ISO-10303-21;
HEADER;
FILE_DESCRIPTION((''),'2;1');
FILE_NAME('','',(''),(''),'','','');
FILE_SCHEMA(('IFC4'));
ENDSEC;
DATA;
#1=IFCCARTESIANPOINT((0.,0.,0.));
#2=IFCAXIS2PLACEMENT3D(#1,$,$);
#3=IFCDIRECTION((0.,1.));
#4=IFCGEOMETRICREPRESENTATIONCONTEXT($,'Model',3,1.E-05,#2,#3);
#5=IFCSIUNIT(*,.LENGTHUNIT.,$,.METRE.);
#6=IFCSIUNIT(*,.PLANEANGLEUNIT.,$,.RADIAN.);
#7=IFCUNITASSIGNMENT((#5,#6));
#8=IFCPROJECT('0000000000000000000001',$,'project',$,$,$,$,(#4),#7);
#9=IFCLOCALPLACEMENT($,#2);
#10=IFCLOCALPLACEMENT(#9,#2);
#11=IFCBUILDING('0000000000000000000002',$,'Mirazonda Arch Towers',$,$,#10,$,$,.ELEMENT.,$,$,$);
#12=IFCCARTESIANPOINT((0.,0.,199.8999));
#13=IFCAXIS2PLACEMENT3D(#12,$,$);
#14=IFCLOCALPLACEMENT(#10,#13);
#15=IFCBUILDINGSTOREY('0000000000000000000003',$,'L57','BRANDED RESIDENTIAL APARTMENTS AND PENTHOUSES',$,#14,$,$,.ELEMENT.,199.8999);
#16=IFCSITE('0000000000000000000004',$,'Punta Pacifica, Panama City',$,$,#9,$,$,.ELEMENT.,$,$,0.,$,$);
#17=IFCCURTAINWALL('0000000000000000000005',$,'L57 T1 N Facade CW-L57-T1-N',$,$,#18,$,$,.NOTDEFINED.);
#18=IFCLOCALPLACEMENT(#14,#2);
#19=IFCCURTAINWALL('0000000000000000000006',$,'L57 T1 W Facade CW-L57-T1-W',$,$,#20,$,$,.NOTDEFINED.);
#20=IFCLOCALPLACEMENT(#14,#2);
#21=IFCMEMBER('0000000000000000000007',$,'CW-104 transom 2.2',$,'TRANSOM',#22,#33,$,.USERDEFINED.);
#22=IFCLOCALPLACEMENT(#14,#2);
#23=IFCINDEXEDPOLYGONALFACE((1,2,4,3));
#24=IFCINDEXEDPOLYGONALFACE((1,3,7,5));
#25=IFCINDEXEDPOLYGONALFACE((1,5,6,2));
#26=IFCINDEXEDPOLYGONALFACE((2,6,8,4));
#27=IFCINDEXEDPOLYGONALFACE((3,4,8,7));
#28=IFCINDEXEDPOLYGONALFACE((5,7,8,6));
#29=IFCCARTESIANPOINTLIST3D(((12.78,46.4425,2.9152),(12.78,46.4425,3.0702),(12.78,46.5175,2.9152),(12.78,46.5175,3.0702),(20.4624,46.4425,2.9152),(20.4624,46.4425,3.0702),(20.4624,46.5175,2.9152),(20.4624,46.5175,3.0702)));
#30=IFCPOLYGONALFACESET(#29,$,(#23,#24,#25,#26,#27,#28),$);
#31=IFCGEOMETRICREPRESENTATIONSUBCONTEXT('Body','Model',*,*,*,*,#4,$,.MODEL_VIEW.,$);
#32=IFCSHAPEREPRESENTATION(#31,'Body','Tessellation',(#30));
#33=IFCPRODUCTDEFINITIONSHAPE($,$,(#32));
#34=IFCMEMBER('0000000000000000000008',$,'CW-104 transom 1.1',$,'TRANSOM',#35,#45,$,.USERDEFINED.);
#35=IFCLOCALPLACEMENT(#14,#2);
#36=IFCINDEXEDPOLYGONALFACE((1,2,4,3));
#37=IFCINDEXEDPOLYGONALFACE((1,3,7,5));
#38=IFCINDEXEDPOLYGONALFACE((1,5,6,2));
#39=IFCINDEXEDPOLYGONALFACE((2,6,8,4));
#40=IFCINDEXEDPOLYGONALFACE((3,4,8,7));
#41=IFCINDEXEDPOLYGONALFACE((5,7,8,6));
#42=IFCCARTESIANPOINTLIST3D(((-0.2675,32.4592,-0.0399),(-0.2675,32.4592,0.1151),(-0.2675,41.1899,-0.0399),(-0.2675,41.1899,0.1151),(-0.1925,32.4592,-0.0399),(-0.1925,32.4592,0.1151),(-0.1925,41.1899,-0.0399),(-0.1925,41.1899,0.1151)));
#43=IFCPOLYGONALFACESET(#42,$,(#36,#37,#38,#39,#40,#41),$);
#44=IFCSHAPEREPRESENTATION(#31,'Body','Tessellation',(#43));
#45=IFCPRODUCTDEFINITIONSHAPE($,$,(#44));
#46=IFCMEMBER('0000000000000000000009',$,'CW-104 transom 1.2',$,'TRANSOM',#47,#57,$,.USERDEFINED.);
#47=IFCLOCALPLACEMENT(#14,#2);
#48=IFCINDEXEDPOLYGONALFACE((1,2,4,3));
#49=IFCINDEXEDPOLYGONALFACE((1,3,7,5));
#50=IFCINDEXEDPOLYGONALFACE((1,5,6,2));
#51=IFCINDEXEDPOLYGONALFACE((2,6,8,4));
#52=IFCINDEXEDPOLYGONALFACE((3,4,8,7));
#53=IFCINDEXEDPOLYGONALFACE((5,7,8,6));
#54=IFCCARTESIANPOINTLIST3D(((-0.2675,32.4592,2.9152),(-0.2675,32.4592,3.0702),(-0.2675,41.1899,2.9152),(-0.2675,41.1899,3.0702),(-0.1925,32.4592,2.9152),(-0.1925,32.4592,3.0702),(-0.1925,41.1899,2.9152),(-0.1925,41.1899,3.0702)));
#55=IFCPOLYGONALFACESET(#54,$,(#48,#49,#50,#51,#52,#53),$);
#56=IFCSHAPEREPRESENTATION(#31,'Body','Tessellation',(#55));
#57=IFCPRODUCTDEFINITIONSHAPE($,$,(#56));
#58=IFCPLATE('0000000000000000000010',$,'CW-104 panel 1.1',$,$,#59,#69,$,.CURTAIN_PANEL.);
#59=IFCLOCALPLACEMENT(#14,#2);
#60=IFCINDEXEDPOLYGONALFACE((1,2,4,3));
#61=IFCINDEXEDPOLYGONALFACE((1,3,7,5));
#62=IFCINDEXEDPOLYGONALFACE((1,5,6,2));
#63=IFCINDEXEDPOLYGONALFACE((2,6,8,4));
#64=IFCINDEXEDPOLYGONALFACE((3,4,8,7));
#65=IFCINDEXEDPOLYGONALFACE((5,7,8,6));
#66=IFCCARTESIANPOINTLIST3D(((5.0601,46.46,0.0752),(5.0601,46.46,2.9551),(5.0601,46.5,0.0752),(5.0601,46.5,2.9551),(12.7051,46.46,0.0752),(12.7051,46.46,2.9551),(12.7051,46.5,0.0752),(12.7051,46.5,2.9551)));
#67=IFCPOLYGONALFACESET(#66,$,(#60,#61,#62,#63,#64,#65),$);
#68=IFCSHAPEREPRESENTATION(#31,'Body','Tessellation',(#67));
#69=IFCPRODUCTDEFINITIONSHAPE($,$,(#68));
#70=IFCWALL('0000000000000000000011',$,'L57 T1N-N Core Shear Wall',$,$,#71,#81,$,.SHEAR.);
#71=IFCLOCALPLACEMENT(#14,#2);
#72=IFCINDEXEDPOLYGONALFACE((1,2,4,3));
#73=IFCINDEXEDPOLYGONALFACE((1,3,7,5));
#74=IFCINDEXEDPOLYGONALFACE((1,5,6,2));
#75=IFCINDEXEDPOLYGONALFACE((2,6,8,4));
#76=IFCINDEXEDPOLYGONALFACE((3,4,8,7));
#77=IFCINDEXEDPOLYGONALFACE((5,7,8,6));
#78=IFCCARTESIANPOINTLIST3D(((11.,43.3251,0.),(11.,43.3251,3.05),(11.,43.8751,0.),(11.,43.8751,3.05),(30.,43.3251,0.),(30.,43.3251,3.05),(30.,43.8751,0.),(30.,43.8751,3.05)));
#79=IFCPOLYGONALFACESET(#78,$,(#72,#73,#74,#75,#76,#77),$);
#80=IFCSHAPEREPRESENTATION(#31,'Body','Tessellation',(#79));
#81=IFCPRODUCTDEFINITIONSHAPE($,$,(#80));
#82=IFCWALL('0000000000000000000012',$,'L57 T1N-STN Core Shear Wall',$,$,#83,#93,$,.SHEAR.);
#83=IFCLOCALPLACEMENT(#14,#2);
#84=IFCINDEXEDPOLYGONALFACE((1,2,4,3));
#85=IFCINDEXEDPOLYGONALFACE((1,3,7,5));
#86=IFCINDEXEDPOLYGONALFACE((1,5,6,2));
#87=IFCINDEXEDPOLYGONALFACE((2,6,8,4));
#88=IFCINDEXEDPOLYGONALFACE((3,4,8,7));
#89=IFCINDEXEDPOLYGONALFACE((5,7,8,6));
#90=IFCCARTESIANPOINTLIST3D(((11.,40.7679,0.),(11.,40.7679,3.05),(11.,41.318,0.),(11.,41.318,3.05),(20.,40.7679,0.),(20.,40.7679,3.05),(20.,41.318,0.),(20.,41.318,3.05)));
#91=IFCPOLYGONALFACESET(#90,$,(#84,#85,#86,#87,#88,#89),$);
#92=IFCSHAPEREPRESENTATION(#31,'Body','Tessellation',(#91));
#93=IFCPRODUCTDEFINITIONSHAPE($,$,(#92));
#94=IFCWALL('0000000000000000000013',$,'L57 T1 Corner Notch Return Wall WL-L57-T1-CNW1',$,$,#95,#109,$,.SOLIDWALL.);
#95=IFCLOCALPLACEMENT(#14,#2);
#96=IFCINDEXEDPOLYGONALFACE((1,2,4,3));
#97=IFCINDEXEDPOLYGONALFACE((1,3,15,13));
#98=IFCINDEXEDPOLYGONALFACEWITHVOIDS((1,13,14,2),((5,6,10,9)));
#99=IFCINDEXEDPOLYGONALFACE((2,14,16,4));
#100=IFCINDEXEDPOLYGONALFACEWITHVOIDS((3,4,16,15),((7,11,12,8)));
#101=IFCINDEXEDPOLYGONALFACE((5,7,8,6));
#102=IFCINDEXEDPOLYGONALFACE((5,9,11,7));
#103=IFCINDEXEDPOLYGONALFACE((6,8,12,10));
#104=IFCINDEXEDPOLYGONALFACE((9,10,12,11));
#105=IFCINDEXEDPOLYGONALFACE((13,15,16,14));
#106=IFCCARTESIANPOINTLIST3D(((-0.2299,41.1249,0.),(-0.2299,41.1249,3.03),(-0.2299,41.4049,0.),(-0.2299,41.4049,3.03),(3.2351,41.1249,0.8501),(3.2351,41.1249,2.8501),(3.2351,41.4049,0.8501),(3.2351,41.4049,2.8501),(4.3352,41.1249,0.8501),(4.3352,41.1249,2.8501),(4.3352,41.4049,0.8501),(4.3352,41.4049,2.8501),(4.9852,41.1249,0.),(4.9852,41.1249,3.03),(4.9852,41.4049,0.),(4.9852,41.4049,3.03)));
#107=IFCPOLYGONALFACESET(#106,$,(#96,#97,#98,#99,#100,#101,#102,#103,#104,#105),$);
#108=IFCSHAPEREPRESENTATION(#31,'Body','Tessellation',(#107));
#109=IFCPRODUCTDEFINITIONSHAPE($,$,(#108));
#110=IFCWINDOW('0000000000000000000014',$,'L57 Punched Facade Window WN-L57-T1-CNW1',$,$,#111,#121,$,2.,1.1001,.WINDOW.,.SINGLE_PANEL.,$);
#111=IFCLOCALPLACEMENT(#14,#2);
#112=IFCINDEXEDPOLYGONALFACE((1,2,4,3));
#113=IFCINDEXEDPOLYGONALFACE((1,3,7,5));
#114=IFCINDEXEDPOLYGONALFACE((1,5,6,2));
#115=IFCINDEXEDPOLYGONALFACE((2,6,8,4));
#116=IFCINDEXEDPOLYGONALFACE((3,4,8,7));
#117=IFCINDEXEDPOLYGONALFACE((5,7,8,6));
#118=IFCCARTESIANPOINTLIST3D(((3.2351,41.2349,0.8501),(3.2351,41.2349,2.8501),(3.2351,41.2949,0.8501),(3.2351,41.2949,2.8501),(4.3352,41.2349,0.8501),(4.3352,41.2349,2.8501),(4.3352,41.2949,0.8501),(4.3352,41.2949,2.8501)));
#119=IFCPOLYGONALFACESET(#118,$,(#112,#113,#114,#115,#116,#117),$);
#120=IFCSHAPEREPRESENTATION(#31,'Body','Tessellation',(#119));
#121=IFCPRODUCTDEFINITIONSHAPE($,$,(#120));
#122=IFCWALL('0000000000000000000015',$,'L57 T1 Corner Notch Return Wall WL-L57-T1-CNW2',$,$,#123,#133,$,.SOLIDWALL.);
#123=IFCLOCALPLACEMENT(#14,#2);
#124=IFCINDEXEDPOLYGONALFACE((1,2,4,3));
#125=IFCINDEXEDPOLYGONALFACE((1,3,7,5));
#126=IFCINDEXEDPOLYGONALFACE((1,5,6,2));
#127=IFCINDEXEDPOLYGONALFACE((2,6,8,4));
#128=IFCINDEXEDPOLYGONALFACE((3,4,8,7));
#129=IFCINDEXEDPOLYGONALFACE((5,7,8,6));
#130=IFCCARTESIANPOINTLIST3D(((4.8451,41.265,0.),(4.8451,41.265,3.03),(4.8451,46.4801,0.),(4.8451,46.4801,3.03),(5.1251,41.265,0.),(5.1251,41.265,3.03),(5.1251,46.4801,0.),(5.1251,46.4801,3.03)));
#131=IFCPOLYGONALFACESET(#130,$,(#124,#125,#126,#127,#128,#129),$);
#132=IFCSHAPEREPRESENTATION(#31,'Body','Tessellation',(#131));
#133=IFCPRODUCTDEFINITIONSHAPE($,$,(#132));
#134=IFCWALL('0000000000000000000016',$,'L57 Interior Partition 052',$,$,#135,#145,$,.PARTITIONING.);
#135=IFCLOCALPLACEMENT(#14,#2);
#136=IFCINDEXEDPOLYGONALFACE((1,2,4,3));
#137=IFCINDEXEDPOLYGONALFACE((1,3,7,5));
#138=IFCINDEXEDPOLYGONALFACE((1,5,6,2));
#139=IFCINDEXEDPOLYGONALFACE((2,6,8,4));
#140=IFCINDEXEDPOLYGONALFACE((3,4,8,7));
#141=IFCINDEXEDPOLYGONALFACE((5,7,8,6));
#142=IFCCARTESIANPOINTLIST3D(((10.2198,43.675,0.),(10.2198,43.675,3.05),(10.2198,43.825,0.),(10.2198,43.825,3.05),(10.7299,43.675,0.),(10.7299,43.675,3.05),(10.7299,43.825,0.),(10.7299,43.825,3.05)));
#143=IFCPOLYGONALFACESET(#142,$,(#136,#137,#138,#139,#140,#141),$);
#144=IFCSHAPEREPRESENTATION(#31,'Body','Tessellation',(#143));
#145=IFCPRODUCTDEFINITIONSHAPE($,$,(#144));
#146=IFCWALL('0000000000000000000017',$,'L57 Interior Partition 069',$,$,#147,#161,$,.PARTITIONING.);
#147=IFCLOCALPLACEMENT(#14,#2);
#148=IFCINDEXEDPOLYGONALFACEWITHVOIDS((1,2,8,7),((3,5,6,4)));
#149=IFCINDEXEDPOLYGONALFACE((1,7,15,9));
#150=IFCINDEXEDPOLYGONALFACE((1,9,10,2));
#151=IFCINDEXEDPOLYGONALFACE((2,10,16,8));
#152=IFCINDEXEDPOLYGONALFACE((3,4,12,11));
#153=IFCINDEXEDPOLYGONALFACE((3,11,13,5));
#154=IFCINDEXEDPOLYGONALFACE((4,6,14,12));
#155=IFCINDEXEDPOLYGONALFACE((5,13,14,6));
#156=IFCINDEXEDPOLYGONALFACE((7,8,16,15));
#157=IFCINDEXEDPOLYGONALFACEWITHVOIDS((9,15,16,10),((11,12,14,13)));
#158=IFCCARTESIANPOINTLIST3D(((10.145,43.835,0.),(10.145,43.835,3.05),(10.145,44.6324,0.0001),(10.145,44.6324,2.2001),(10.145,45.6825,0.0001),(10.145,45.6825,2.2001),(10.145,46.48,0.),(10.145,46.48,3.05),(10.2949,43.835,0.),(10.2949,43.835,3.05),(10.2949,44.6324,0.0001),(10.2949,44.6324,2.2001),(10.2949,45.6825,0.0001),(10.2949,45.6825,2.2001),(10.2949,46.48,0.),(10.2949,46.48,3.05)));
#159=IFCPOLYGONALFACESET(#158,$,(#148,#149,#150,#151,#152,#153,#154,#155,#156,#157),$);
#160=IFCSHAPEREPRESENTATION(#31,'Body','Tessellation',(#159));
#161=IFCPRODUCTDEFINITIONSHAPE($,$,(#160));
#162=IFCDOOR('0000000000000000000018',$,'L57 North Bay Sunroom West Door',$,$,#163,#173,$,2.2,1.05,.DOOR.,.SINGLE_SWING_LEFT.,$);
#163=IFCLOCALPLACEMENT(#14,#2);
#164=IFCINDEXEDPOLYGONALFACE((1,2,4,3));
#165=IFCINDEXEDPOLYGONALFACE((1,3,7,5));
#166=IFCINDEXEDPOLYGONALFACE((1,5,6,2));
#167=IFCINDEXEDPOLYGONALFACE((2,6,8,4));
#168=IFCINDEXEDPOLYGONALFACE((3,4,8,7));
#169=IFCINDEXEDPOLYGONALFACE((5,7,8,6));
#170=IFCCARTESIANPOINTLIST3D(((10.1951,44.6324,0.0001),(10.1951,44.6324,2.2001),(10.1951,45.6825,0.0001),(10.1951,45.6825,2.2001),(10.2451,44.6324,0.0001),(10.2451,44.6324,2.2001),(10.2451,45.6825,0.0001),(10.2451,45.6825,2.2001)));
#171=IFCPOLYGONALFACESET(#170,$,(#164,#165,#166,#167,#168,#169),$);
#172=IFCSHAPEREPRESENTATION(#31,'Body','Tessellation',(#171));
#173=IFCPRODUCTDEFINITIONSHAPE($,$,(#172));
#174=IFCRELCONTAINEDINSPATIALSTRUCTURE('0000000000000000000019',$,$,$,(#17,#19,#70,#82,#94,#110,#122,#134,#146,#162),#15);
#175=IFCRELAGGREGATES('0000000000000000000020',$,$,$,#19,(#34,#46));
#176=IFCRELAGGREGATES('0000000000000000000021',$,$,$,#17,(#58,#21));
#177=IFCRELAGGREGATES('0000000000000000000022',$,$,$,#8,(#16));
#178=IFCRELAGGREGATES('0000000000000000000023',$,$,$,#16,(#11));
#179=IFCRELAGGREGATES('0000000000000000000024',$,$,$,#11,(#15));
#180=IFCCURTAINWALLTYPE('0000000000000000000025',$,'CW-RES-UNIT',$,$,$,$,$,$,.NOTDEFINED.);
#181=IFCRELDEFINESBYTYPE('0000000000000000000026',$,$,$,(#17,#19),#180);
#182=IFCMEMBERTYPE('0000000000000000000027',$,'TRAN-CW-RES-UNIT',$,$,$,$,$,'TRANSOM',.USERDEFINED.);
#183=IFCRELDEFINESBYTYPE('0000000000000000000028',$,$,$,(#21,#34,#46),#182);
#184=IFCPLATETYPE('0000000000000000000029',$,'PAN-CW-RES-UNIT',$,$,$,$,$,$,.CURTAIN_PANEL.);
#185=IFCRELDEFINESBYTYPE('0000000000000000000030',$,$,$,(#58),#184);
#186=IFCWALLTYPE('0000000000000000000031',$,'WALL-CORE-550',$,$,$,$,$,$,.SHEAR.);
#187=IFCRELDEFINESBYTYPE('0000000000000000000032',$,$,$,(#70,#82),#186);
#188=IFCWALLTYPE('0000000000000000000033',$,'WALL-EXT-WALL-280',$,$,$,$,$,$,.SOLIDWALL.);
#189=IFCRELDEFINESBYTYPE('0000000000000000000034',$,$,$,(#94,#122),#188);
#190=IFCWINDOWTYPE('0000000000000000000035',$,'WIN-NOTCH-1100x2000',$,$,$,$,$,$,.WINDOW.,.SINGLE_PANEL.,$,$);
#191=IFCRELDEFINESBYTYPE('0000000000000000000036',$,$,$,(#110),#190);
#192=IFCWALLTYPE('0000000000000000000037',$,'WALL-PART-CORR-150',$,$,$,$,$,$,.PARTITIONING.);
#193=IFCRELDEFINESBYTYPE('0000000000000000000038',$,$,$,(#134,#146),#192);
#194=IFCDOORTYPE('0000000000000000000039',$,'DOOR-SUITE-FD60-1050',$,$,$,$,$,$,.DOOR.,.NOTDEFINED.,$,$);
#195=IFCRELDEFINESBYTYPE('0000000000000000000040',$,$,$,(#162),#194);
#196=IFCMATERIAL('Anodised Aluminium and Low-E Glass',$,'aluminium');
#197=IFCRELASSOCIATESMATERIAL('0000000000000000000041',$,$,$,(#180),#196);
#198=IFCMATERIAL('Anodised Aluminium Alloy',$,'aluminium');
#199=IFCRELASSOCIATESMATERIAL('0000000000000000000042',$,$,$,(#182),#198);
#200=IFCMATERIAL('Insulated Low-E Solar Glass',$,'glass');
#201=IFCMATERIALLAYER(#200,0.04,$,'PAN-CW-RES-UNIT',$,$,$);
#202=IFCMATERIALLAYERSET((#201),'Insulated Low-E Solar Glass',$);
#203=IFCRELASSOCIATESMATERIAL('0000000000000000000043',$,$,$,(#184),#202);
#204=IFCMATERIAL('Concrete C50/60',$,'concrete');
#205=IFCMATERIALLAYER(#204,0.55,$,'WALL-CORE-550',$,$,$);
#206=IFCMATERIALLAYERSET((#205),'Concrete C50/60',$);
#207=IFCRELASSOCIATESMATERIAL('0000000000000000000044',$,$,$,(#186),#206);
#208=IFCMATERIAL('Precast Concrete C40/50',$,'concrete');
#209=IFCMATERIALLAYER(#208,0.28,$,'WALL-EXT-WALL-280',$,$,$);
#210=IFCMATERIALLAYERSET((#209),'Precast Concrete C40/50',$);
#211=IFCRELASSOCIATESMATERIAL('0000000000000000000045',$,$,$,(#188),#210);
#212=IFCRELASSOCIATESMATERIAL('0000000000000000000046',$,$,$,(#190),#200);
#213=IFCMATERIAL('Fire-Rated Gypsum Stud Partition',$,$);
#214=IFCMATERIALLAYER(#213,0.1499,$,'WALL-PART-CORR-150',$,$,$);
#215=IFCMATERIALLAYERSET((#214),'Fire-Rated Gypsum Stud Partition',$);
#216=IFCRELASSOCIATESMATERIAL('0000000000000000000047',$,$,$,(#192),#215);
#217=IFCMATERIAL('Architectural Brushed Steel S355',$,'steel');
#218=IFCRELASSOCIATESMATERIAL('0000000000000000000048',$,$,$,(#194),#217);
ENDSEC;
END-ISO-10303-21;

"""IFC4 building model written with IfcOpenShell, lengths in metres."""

from ifc_helpers import new_model, si_unit, direction, frame, frame_2d, origin, origin_2d, place, context, subcontext, project, spatial, rectangle, extrude, material, layer, layer_set, material_profile, profile_set, type_object, element, fill, aggregate, save


model = new_model("IFC4")

# Units and contexts
model_context = context("Model", 3, precision=1e-05, world=origin(), true_north=direction((0.0, 1.0)))
body_context = subcontext(model_context, "Body", "Model", "MODEL_VIEW")
ifc_project = project(units=[si_unit("LENGTHUNIT", "METRE"), si_unit("PLANEANGLEUNIT", "RADIAN")], contexts=[model_context])

# Site, building, storey
site_placement = place(None, origin())
site = spatial("IfcSite", under=ifc_project, at=site_placement, Name="Punta Pacifica, Panama City", CompositionType="ELEMENT", RefElevation=0.0)
building_placement = place(site_placement, origin())
building = spatial("IfcBuilding", under=site, at=building_placement, Name="Mirazonda Arch Towers", CompositionType="ELEMENT")
storey_placement = place(building_placement, frame((0.0, 0.0, 199.8999)))
storey = spatial("IfcBuildingStorey", under=building, at=storey_placement, Name="L57", Description="BRANDED RESIDENTIAL APARTMENTS AND PENTHOUSES", CompositionType="ELEMENT", Elevation=199.8999)

# Shared definitions
ifc_material_1 = material(Name="Concrete C50/60", Category="concrete")

# Curtain wall
ifc_material_2 = material(Name="Anodised Aluminium and Low-E Glass", Category="aluminium")
curtain_wall_type = type_object("IfcCurtainWallType", Name="CW-RES-UNIT", PredefinedType="NOTDEFINED", material=ifc_material_2)
curtain_wall_1_placement = place(storey_placement, origin())
curtain_wall_1 = element("IfcCurtainWall", 1, at=curtain_wall_1_placement, inside=storey, type_object=curtain_wall_type, Name="L57 T1 N Facade CW-L57-T1-N", PredefinedType="NOTDEFINED")
ifc_material_3 = material(Name="Anodised Aluminium Alloy", Category="aluminium")

# Curtain wall
curtain_wall_2_placement = place(storey_placement, origin())
curtain_wall_2 = element("IfcCurtainWall", 2, at=curtain_wall_2_placement, inside=storey, type_object=curtain_wall_type, Name="L57 T1 W Facade CW-L57-T1-W", PredefinedType="NOTDEFINED")

# Members
ifc_material_profile_1 = material_profile(ifc_material_3, rectangle(XDim=0.075, YDim=0.155, at=origin_2d()), Name="ALU-TRAN-75x155")
ifc_profile_set_1 = profile_set([ifc_material_profile_1], Name="Anodised Aluminium Alloy")
member_type_1 = type_object("IfcMemberType", Name="TRAN-CW-RES-UNIT", ElementType="TRANSOM", PredefinedType="USERDEFINED", material=ifc_profile_set_1)
member_1_placement = place(storey_placement, frame((12.78, 46.48, 2.9927), z_axis=(1.0, 0.0, 0.0), x_axis=(0.0, 1.0, 0.0)))
member_1 = element("IfcMember", 3, at=member_1_placement, type_object=member_type_1, Name="CW-104 transom 2.2", ObjectType="TRANSOM", PredefinedType="USERDEFINED", context=body_context, shape_type="SweptSolid", body=[
    extrude(rectangle(XDim=0.075, YDim=0.155, at=origin_2d()), origin(), (0.0, 0.0, 1.0), 7.6824),
])
member_2_placement = place(storey_placement, frame((-0.23, 41.1899, 0.0376), z_axis=(0.0, -1.0, 0.0), x_axis=(1.0, 0.0, 0.0)))
member_2 = element("IfcMember", 4, at=member_2_placement, type_object=member_type_1, Name="CW-104 transom 1.1", ObjectType="TRANSOM", PredefinedType="USERDEFINED", context=body_context, shape_type="SweptSolid", body=[
    extrude(rectangle(XDim=0.075, YDim=0.155, at=origin_2d()), origin(), (0.0, 0.0, 1.0), 8.7307),
])
member_3_placement = place(storey_placement, frame((-0.23, 41.1899, 2.9927), z_axis=(0.0, -1.0, 0.0), x_axis=(1.0, 0.0, 0.0)))
member_3 = element("IfcMember", 5, at=member_3_placement, type_object=member_type_1, Name="CW-104 transom 1.2", ObjectType="TRANSOM", PredefinedType="USERDEFINED", context=body_context, shape_type="SweptSolid", body=[
    extrude(rectangle(XDim=0.075, YDim=0.155, at=origin_2d()), origin(), (0.0, 0.0, 1.0), 8.7307),
])
aggregate(curtain_wall_2, [member_2, member_3])

# Plate
ifc_material_4 = material(Name="Insulated Low-E Solar Glass", Category="glass")
ifc_layer_1 = layer(ifc_material_4, 0.04, Name="PAN-CW-RES-UNIT")
ifc_layer_set_1 = layer_set([ifc_layer_1], Name="Insulated Low-E Solar Glass")
plate_type = type_object("IfcPlateType", Name="PAN-CW-RES-UNIT", PredefinedType="CURTAIN_PANEL", material=ifc_layer_set_1)
plate_placement = place(storey_placement, frame((8.8826, 46.48, 0.0752), z_axis=(0.0, 0.0, 1.0), x_axis=(1.0, 0.0, 0.0)))
plate = element("IfcPlate", 6, at=plate_placement, type_object=plate_type, Name="CW-104 panel 1.1", PredefinedType="CURTAIN_PANEL", context=body_context, shape_type="SweptSolid", body=[
    extrude(rectangle(XDim=7.645, YDim=0.04, at=origin_2d()), origin(), (0.0, 0.0, 1.0), 2.8799),
])
aggregate(curtain_wall_1, [plate, member_1])

# Walls
ifc_layer_2 = layer(ifc_material_1, 0.55, Name="WALL-CORE-550")
ifc_layer_set_2 = layer_set([ifc_layer_2], Name="Concrete C50/60")
wall_type_1 = type_object("IfcWallType", Name="WALL-CORE-550", PredefinedType="SHEAR", material=ifc_layer_set_2)
wall_1_placement = place(storey_placement, frame((11.0, 43.6001, 0.0), z_axis=(0.0, 0.0, 1.0), x_axis=(1.0, 0.0, 0.0)))
element("IfcWall", 7, at=wall_1_placement, inside=storey, type_object=wall_type_1, Name="L57 T1N-N Core Shear Wall", PredefinedType="SHEAR", context=body_context, shape_type="SweptSolid", body=[
    extrude(rectangle(XDim=19.0, YDim=0.55, at=frame_2d((9.5, 0.0))), origin(), (0.0, 0.0, 1.0), 3.05),
])
wall_2_placement = place(storey_placement, frame((11.0, 41.043, 0.0), z_axis=(0.0, 0.0, 1.0), x_axis=(1.0, 0.0, 0.0)))
element("IfcWall", 8, at=wall_2_placement, inside=storey, type_object=wall_type_1, Name="L57 T1N-STN Core Shear Wall", PredefinedType="SHEAR", context=body_context, shape_type="SweptSolid", body=[
    extrude(rectangle(XDim=9.0, YDim=0.55, at=frame_2d((4.5, 0.0))), origin(), (0.0, 0.0, 1.0), 3.05),
])

# Wall, opening, window
ifc_material_5 = material(Name="Precast Concrete C40/50", Category="concrete")
ifc_layer_3 = layer(ifc_material_5, 0.28, Name="WALL-EXT-WALL-280")
ifc_layer_set_3 = layer_set([ifc_layer_3], Name="Precast Concrete C40/50")
wall_type_2 = type_object("IfcWallType", Name="WALL-EXT-WALL-280", PredefinedType="SOLIDWALL", material=ifc_layer_set_3)
wall_3_placement = place(storey_placement, frame((4.9851, 41.2649, 0.0), z_axis=(0.0, 0.0, 1.0), x_axis=(-1.0, 0.0, 0.0)))
wall_3 = element("IfcWall", 9, at=wall_3_placement, inside=storey, type_object=wall_type_2, Name="L57 T1 Corner Notch Return Wall WL-L57-T1-CNW1", PredefinedType="SOLIDWALL", context=body_context, shape_type="SweptSolid", body=[
    extrude(rectangle(XDim=5.2151, YDim=0.28, at=frame_2d((2.6074, 0.0))), origin(), (0.0, 0.0, 1.0), 3.03),
])
opening_1_placement = place(wall_3_placement, frame((0.6499, 0.0, 0.8501)))
opening_1 = element("IfcOpeningElement", 10, at=opening_1_placement, cuts=wall_3, PredefinedType="OPENING", context=body_context, shape_type="SweptSolid", body=[
    extrude(rectangle(XDim=1.1001, YDim=2.0, at=frame_2d((0.55, 1.0))), frame((0.0, 0.1499, 0.0), z_axis=(0.0, -1.0, 0.0), x_axis=(1.0, 0.0, 0.0)), (0.0, 0.0, 1.0), 0.3),
])
window_type = type_object("IfcWindowType", Name="WIN-NOTCH-1100x2000", PartitioningType="SINGLE_PANEL", PredefinedType="WINDOW", material=ifc_material_4)
window_placement = place(opening_1_placement, origin())
window = element("IfcWindow", 11, at=window_placement, inside=storey, type_object=window_type, Name="L57 Punched Facade Window WN-L57-T1-CNW1", OverallHeight=2.0, OverallWidth=1.1001, PartitioningType="SINGLE_PANEL", PredefinedType="WINDOW", context=body_context, shape_type="SweptSolid", body=[
    extrude(rectangle(XDim=1.1001, YDim=2.0, at=frame_2d((0.55, 1.0))), frame((0.0, 0.03, 0.0), z_axis=(0.0, -1.0, 0.0), x_axis=(1.0, 0.0, 0.0)), (0.0, 0.0, 1.0), 0.0601),
])
fill(opening_1, window)

# Walls
wall_4_placement = place(storey_placement, frame((4.9851, 46.48, 0.0), z_axis=(0.0, 0.0, 1.0), x_axis=(0.0, -1.0, 0.0)))
element("IfcWall", 12, at=wall_4_placement, inside=storey, type_object=wall_type_2, Name="L57 T1 Corner Notch Return Wall WL-L57-T1-CNW2", PredefinedType="SOLIDWALL", context=body_context, shape_type="SweptSolid", body=[
    extrude(rectangle(XDim=5.2151, YDim=0.28, at=frame_2d((2.6074, 0.0))), origin(), (0.0, 0.0, 1.0), 3.03),
])
ifc_material_6 = material(Name="Fire-Rated Gypsum Stud Partition")
ifc_layer_4 = layer(ifc_material_6, 0.1499, Name="WALL-PART-CORR-150")
ifc_layer_set_4 = layer_set([ifc_layer_4], Name="Fire-Rated Gypsum Stud Partition")
wall_type_3 = type_object("IfcWallType", Name="WALL-PART-CORR-150", PredefinedType="PARTITIONING", material=ifc_layer_set_4)
wall_5_placement = place(storey_placement, frame((10.22, 43.75, 0.0), z_axis=(0.0, 0.0, 1.0), x_axis=(1.0, 0.0, 0.0)))
element("IfcWall", 13, at=wall_5_placement, inside=storey, type_object=wall_type_3, Name="L57 Interior Partition 052", PredefinedType="PARTITIONING", context=body_context, shape_type="SweptSolid", body=[
    extrude(rectangle(XDim=0.51, YDim=0.1499, at=frame_2d((0.2549, 0.0))), origin(), (0.0, 0.0, 1.0), 3.05),
])

# Wall, opening, door
wall_6_placement = place(storey_placement, frame((10.22, 43.835, 0.0), z_axis=(0.0, 0.0, 1.0), x_axis=(0.0, 1.0, 0.0)))
wall_6 = element("IfcWall", 14, at=wall_6_placement, inside=storey, type_object=wall_type_3, Name="L57 Interior Partition 069", PredefinedType="PARTITIONING", context=body_context, shape_type="SweptSolid", body=[
    extrude(rectangle(XDim=2.645, YDim=0.1499, at=frame_2d((1.3225, 0.0))), origin(), (0.0, 0.0, 1.0), 3.05),
])
opening_2_placement = place(wall_6_placement, frame((0.7976, 0.0, 0.0)))
opening_2 = element("IfcOpeningElement", 15, at=opening_2_placement, cuts=wall_6, PredefinedType="OPENING", context=body_context, shape_type="SweptSolid", body=[
    extrude(rectangle(XDim=1.05, YDim=2.2, at=frame_2d((0.5249, 1.1001))), frame((0.0, 0.085, 0.0), z_axis=(0.0, -1.0, 0.0), x_axis=(1.0, 0.0, 0.0)), (0.0, 0.0, 1.0), 0.1699),
])
ifc_material_7 = material(Name="Architectural Brushed Steel S355", Category="steel")
door_type_1 = type_object("IfcDoorType", Name="DOOR-SUITE-FD60-1050", OperationType="NOTDEFINED", PredefinedType="DOOR", material=ifc_material_7)
door_1_placement = place(opening_2_placement, origin())
door_1 = element("IfcDoor", 16, at=door_1_placement, inside=storey, type_object=door_type_1, Name="L57 North Bay Sunroom West Door", OperationType="SINGLE_SWING_LEFT", OverallHeight=2.2, OverallWidth=1.05, PredefinedType="DOOR", context=body_context, shape_type="SweptSolid", body=[
    extrude(rectangle(XDim=1.05, YDim=2.2, at=frame_2d((0.5249, 1.1001))), frame((0.0, 0.0249, 0.0), z_axis=(0.0, -1.0, 0.0), x_axis=(1.0, 0.0, 0.0)), (0.0, 0.0, 1.0), 0.05),
])
fill(opening_2, door_1)

save(model, "model.ifc")
